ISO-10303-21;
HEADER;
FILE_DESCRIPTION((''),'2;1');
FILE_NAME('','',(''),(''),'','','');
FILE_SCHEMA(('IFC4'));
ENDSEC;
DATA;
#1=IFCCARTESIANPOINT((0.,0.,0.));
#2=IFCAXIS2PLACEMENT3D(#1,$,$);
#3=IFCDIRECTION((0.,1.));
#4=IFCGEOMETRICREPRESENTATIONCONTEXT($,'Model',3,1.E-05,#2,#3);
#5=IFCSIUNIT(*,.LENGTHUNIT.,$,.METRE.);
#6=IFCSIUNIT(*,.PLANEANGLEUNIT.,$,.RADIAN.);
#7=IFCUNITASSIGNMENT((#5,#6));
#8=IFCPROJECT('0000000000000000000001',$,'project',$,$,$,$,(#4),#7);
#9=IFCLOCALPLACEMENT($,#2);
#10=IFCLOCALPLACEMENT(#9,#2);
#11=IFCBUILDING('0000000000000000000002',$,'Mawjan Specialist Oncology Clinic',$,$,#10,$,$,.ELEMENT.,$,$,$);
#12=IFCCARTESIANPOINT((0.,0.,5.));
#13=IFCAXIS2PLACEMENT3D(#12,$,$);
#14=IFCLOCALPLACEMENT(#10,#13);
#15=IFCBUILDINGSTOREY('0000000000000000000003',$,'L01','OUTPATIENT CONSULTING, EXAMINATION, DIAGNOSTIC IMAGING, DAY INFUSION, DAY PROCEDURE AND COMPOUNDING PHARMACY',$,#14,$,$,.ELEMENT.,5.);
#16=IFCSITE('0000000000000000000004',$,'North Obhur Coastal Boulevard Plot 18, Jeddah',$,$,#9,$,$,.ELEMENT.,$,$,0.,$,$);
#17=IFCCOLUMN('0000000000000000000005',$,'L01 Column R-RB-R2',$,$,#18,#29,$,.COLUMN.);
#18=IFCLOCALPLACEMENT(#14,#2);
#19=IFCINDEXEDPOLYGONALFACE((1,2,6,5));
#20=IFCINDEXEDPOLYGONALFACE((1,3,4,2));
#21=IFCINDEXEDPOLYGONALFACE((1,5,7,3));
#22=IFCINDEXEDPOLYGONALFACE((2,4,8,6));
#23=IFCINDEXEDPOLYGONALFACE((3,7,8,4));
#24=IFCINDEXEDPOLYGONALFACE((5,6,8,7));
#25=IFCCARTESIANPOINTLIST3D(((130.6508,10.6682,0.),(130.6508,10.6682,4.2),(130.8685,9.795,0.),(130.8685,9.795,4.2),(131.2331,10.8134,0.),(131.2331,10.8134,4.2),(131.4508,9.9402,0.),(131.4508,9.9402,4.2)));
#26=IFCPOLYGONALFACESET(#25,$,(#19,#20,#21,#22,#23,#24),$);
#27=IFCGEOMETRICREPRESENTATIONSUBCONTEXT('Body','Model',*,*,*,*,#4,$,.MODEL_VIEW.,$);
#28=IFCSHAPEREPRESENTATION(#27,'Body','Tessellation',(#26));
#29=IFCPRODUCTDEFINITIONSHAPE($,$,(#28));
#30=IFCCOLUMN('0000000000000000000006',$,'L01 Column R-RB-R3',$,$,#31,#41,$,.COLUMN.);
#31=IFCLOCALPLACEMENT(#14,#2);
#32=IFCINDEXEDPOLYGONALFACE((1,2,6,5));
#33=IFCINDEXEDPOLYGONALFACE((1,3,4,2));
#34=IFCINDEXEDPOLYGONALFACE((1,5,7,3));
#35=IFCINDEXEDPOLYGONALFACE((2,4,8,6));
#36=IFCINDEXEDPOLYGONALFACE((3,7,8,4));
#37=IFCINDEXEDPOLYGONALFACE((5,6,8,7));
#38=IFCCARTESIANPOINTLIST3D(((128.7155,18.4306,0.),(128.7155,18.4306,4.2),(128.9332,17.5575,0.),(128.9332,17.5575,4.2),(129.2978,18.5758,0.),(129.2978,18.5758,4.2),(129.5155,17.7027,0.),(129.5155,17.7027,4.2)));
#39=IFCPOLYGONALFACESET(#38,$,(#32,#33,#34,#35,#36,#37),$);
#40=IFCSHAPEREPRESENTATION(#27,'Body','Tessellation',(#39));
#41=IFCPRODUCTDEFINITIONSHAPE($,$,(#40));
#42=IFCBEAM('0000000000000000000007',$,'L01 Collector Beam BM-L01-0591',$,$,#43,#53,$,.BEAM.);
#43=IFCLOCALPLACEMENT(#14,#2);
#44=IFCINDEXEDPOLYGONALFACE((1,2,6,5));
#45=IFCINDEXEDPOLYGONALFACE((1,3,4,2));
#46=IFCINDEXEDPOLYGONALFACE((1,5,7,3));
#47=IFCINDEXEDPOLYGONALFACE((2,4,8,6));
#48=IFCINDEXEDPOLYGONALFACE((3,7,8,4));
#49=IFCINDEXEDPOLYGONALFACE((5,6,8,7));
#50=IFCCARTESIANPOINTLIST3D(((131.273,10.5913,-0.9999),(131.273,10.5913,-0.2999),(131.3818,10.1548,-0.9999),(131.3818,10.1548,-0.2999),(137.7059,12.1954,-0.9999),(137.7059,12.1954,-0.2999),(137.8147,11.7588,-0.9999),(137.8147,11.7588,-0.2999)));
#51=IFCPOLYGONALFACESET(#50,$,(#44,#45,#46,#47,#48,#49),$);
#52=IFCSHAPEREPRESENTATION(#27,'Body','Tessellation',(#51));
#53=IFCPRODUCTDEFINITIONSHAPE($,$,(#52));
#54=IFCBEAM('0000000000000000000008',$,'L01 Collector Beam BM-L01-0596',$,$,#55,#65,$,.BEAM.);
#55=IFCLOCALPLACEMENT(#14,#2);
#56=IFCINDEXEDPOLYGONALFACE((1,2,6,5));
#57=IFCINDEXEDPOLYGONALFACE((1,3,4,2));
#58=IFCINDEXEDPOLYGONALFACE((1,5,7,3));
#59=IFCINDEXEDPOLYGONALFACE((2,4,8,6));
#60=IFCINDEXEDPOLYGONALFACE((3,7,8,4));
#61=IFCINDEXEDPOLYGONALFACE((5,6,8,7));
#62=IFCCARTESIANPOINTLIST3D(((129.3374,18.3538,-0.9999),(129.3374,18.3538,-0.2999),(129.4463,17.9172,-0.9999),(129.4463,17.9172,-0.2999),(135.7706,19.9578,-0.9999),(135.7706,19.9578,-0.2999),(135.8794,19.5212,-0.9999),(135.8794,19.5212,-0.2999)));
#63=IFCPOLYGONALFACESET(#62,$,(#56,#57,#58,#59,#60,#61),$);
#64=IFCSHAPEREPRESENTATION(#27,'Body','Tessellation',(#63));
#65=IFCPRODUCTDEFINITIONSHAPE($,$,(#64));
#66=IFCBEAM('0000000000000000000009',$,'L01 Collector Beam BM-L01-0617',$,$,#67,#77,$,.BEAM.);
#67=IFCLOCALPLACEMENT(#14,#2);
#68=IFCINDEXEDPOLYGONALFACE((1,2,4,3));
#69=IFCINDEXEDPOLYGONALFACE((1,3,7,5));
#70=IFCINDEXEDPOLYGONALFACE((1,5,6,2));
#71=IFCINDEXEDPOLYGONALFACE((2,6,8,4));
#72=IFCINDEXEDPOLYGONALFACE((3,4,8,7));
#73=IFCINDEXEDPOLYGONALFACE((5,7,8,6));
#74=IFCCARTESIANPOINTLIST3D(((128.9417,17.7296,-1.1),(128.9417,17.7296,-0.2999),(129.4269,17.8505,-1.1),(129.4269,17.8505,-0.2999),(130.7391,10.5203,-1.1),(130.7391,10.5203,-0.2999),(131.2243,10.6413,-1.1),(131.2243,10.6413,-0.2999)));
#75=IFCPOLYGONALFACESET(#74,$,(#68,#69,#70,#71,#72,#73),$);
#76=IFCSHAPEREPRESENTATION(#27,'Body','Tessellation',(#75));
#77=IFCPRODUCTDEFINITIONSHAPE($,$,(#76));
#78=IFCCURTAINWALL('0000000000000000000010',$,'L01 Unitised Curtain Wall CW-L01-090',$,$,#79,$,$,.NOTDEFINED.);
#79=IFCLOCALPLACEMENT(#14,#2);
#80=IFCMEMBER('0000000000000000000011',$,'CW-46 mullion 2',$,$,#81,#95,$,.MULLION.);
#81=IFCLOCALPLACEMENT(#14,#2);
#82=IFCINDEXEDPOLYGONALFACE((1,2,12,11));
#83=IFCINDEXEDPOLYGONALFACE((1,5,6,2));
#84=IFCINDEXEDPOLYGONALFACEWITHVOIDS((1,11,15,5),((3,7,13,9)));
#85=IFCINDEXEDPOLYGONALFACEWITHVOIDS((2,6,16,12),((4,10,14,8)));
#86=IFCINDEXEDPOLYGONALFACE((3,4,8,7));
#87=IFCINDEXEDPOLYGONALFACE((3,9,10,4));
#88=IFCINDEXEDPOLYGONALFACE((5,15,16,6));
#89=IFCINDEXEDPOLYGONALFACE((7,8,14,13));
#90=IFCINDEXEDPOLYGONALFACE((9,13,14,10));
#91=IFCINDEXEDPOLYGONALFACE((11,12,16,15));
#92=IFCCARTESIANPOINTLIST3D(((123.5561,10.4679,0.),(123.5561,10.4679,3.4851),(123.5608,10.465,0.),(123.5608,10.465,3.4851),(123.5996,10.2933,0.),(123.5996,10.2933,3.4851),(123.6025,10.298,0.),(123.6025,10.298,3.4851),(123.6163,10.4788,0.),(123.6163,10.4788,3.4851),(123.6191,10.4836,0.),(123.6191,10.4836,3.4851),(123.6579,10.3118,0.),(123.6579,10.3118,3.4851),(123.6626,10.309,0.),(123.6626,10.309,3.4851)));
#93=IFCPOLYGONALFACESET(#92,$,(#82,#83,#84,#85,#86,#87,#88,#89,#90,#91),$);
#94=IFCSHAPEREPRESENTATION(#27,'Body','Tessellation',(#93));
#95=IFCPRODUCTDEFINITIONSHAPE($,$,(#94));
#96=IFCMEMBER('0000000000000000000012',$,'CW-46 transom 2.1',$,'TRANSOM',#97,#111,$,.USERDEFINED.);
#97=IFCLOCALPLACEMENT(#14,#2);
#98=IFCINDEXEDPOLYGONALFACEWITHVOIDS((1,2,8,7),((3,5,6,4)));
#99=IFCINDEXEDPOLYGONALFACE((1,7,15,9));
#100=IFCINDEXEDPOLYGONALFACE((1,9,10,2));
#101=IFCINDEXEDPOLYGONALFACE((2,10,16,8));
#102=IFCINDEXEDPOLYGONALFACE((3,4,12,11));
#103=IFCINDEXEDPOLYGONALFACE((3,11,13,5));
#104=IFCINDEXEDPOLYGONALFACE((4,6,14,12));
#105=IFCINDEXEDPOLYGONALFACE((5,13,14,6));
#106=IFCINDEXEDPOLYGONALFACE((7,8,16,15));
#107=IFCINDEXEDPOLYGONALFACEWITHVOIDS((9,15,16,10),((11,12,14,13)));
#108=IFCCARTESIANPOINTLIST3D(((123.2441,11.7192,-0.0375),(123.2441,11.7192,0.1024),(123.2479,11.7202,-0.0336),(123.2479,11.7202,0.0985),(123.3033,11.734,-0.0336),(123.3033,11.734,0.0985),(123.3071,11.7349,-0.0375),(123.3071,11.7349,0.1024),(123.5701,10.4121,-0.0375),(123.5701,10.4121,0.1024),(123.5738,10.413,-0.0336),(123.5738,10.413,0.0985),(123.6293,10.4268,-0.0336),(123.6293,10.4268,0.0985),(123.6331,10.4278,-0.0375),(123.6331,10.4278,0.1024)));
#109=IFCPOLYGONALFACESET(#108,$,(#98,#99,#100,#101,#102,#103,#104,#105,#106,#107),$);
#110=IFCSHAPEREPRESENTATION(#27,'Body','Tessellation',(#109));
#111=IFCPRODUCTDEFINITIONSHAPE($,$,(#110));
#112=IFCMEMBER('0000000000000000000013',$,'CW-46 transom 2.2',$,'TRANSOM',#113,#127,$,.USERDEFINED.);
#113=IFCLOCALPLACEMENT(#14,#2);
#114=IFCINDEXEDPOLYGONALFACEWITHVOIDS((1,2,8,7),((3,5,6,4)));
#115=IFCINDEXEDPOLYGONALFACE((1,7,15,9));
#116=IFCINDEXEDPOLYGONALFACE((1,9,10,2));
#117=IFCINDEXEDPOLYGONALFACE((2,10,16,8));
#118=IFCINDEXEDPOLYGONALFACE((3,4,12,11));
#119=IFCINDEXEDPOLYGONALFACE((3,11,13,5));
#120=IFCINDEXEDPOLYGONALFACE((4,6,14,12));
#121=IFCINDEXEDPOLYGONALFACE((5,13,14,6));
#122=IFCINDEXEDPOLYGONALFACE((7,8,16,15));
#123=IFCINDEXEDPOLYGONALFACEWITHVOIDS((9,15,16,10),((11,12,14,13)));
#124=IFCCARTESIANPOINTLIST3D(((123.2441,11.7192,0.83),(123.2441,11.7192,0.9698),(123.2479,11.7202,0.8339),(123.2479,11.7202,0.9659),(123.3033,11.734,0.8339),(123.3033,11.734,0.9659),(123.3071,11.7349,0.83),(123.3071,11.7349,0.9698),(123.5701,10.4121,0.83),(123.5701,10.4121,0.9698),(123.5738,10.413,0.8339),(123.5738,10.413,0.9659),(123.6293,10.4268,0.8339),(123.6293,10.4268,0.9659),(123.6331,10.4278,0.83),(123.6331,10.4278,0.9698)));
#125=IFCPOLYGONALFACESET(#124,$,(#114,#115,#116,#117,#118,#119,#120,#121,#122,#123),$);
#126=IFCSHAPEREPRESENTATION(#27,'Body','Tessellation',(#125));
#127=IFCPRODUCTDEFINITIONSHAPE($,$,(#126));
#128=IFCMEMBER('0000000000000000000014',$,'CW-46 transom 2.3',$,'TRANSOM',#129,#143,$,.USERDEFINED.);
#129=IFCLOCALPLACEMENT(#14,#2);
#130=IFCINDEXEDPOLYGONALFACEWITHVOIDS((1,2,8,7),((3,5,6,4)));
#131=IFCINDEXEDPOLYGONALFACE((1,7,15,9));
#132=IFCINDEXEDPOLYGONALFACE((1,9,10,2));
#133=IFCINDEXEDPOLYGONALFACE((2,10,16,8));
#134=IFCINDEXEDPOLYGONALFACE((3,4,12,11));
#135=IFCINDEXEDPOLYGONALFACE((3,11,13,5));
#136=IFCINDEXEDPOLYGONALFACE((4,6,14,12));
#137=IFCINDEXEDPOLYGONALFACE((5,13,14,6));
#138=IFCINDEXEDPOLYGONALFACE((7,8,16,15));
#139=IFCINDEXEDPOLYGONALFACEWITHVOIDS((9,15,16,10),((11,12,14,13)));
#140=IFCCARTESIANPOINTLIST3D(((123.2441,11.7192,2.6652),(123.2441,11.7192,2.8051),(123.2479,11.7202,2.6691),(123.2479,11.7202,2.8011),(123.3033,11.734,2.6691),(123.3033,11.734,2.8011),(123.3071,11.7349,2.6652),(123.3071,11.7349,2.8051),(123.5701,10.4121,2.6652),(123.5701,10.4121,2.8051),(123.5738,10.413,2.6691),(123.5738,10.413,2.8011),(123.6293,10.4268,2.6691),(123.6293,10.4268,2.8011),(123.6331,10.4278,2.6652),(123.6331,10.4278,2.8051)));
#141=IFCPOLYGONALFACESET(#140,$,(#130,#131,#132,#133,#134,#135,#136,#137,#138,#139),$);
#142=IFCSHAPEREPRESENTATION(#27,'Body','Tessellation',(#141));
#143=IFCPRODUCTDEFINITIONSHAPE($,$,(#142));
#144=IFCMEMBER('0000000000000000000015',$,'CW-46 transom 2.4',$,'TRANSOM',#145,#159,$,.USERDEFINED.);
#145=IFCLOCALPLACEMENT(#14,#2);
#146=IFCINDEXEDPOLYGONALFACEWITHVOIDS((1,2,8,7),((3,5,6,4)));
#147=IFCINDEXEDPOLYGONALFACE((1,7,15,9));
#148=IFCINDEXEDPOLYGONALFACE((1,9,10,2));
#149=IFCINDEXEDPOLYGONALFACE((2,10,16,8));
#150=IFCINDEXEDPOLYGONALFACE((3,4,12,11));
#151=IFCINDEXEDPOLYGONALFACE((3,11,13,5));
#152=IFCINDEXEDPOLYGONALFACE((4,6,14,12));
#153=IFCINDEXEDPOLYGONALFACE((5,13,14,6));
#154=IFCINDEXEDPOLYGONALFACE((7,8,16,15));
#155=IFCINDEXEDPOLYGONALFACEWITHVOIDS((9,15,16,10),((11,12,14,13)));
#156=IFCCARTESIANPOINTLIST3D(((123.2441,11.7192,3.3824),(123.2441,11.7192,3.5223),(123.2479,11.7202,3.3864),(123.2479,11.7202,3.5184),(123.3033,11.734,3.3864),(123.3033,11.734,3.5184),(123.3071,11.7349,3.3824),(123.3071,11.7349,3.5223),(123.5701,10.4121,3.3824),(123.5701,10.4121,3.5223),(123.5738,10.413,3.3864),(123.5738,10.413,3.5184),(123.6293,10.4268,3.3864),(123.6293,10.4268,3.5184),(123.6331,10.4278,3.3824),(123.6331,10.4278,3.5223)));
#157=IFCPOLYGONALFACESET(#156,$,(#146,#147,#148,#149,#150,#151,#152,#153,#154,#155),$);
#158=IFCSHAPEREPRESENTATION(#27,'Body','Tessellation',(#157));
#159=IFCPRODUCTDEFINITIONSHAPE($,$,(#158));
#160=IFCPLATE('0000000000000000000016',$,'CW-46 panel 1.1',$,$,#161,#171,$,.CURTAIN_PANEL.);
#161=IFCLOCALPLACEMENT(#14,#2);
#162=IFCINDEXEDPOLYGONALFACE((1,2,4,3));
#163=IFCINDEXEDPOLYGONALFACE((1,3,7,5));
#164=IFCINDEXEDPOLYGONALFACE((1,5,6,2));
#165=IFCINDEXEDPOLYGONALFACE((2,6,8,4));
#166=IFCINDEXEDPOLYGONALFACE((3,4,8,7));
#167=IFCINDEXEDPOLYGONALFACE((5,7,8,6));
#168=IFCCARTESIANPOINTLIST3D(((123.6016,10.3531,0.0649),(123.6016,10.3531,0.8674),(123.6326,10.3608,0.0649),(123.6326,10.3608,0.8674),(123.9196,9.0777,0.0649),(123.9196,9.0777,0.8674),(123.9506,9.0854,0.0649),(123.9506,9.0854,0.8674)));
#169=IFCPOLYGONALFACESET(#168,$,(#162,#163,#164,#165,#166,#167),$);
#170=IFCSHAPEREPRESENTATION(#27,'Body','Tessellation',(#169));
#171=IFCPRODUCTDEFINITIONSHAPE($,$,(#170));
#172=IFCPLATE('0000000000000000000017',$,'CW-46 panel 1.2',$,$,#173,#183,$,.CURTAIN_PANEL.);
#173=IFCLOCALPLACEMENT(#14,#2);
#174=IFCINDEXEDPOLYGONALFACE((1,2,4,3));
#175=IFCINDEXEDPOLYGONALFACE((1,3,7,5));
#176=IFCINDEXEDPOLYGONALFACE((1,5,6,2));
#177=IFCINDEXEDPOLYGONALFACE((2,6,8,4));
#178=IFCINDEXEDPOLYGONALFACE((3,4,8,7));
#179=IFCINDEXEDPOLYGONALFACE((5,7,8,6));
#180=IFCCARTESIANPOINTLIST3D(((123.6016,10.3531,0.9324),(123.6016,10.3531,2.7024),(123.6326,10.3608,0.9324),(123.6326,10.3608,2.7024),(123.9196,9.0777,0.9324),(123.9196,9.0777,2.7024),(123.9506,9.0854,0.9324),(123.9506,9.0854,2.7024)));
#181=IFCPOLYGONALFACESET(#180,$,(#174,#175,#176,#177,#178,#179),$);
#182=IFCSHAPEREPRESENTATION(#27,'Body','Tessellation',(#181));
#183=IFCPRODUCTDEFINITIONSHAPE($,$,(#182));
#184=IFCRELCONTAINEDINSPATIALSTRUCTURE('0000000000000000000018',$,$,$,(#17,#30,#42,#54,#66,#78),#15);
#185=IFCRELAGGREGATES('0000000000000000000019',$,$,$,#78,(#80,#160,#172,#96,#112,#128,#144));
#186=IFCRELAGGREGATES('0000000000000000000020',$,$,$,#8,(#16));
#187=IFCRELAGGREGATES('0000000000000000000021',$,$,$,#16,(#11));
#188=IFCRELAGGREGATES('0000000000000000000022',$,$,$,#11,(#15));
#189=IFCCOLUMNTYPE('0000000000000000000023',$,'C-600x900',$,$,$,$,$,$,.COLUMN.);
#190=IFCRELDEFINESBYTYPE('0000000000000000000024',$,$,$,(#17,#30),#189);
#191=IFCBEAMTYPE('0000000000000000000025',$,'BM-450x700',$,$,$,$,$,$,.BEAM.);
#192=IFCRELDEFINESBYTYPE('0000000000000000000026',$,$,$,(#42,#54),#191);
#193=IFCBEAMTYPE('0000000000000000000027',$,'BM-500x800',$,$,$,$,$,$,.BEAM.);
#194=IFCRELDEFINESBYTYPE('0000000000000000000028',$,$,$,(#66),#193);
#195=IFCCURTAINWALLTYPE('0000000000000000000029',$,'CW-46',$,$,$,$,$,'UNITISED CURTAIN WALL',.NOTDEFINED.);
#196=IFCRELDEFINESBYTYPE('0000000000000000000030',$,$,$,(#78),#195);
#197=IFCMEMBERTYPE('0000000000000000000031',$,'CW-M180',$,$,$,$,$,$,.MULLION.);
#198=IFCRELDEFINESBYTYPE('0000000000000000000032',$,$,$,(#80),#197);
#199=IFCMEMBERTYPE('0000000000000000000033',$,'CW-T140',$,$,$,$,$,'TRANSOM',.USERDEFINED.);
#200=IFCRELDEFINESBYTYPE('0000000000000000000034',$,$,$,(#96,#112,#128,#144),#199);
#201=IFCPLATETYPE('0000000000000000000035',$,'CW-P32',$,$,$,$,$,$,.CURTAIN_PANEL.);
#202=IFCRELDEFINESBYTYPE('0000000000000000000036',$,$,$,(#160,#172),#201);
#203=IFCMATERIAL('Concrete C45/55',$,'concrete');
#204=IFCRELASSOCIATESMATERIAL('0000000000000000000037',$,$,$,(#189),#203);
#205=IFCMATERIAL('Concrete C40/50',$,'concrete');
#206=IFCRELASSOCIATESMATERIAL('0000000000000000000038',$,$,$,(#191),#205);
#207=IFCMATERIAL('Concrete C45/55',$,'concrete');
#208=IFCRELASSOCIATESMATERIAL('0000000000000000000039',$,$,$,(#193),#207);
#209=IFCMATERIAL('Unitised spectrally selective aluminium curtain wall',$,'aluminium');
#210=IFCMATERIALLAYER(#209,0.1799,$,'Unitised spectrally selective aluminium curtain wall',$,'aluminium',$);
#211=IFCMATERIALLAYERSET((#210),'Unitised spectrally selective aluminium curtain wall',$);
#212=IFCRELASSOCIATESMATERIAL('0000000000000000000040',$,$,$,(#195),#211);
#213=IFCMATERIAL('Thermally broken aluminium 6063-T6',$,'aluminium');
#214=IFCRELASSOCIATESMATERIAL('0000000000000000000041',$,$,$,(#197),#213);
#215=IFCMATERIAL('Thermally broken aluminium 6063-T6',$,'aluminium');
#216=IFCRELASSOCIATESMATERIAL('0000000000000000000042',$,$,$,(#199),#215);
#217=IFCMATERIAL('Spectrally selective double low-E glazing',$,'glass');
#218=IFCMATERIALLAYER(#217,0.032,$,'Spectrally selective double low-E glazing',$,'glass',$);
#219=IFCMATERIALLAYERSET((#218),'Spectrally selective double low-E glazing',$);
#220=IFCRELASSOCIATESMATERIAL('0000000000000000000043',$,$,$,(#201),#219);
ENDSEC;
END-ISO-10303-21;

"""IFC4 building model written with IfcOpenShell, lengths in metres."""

from ifc_helpers import new_model, si_unit, direction, frame, origin, origin_2d, place, context, subcontext, project, spatial, rectangle, hollow_rectangle, extrude, material, layer, layer_set, material_profile, profile_set, type_object, element, aggregate, save


model = new_model("IFC4")

# Units and contexts
model_context = context("Model", 3, precision=1e-05, world=origin(), true_north=direction((0.0, 1.0)))
body_context = subcontext(model_context, "Body", "Model", "MODEL_VIEW")
ifc_project = project(units=[si_unit("LENGTHUNIT", "METRE"), si_unit("PLANEANGLEUNIT", "RADIAN")], contexts=[model_context])

# Site, building, storey
site_placement = place(None, origin())
site = spatial("IfcSite", under=ifc_project, at=site_placement, Name="North Obhur Coastal Boulevard Plot 18, Jeddah", CompositionType="ELEMENT", RefElevation=0.0)
building_placement = place(site_placement, origin())
building = spatial("IfcBuilding", under=site, at=building_placement, Name="Mawjan Specialist Oncology Clinic", CompositionType="ELEMENT")
storey_placement = place(building_placement, frame((0.0, 0.0, 5.0)))
storey = spatial("IfcBuildingStorey", under=building, at=storey_placement, Name="L01", Description="OUTPATIENT CONSULTING, EXAMINATION, DIAGNOSTIC IMAGING, DAY INFUSION, DAY PROCEDURE AND COMPOUNDING PHARMACY", CompositionType="ELEMENT", Elevation=5.0)

# Columns
ifc_material_1 = material(Name="Concrete C45/55", Category="concrete")
ifc_material_profile_1 = material_profile(ifc_material_1, rectangle(XDim=0.6001, YDim=0.8999, at=origin_2d()), Name="RC COL 600x900", Category="concrete")
ifc_profile_set_1 = profile_set([ifc_material_profile_1], Name="Concrete C45/55")
column_type = type_object("IfcColumnType", Name="C-600x900", PredefinedType="COLUMN", material=ifc_profile_set_1)
for number, where, z_axis, x_axis, name in (
    (1, (131.0508, 10.3042, 0.0), (0.0, 0.0, 1.0), (0.970296, 0.241922, 0.0), "L01 Column R-RB-R2"),
    (2, (129.1155, 18.0667, 0.0), (0.0, 0.0, 1.0), (0.970296, 0.241922, 0.0), "L01 Column R-RB-R3"),
):
    element("IfcColumn", number, at=place(storey_placement, frame(where, z_axis=z_axis, x_axis=x_axis)), inside=storey, type_object=column_type, Name=name, PredefinedType="COLUMN", context=body_context, shape_type="SweptSolid", body=[
        extrude(rectangle(XDim=0.6001, YDim=0.8999, at=origin_2d()), origin(), (0.0, 0.0, 1.0), 4.2),
    ])

# Beams
ifc_material_2 = material(Name="Concrete C40/50", Category="concrete")
ifc_material_profile_2 = material_profile(ifc_material_2, rectangle(XDim=0.45, YDim=0.7, at=origin_2d()), Name="RC BM 450x700", Category="concrete")
ifc_profile_set_2 = profile_set([ifc_material_profile_2], Name="Concrete C40/50")
beam_type_1 = type_object("IfcBeamType", Name="BM-450x700", PredefinedType="BEAM", material=ifc_profile_set_2)
beam_1_placement = place(storey_placement, frame((131.3274, 10.373, -0.6499), z_axis=(0.970292, 0.241938, 0.0), x_axis=(-0.241938, 0.970292, 0.0)))
element("IfcBeam", 3, at=beam_1_placement, inside=storey, type_object=beam_type_1, Name="L01 Collector Beam BM-L01-0591", PredefinedType="BEAM", context=body_context, shape_type="SweptSolid", body=[
    extrude(rectangle(XDim=0.45, YDim=0.7, at=origin_2d()), origin(), (0.0, 0.0, 1.0), 6.6299),
])
beam_2_placement = place(storey_placement, frame((129.3918, 18.1355, -0.6499), z_axis=(0.970294, 0.241929, 0.0), x_axis=(-0.241929, 0.970294, 0.0)))
element("IfcBeam", 4, at=beam_2_placement, inside=storey, type_object=beam_type_1, Name="L01 Collector Beam BM-L01-0596", PredefinedType="BEAM", context=body_context, shape_type="SweptSolid", body=[
    extrude(rectangle(XDim=0.45, YDim=0.7, at=origin_2d()), origin(), (0.0, 0.0, 1.0), 6.6301),
])
ifc_material_3 = material(Name="Concrete C45/55", Category="concrete")
ifc_material_profile_3 = material_profile(ifc_material_3, rectangle(XDim=0.5, YDim=0.8, at=origin_2d()), Name="RC BM 500x800", Category="concrete")
ifc_profile_set_3 = profile_set([ifc_material_profile_3], Name="Concrete C45/55")
beam_type_2 = type_object("IfcBeamType", Name="BM-500x800", PredefinedType="BEAM", material=ifc_profile_set_3)
beam_3_placement = place(storey_placement, frame((130.9817, 10.5808, -0.7), z_axis=(-0.241909, 0.970299, 0.0), x_axis=(-0.970299, -0.241909, 0.0)))
element("IfcBeam", 5, at=beam_3_placement, inside=storey, type_object=beam_type_2, Name="L01 Collector Beam BM-L01-0617", PredefinedType="BEAM", context=body_context, shape_type="SweptSolid", body=[
    extrude(rectangle(XDim=0.5, YDim=0.8, at=origin_2d()), origin(), (0.0, 0.0, 1.0), 7.4299),
])

# Curtain wall, members, plates
ifc_material_4 = material(Name="Unitised spectrally selective aluminium curtain wall", Category="aluminium")
ifc_layer_1 = layer(ifc_material_4, 0.1799, Name="Unitised spectrally selective aluminium curtain wall", Category="aluminium")
ifc_layer_set_1 = layer_set([ifc_layer_1], Name="Unitised spectrally selective aluminium curtain wall")
curtain_wall_type = type_object("IfcCurtainWallType", Name="CW-46", ElementType="UNITISED CURTAIN WALL", PredefinedType="NOTDEFINED", material=ifc_layer_set_1)
curtain_wall_placement = place(storey_placement, origin())
curtain_wall = element("IfcCurtainWall", 6, at=curtain_wall_placement, inside=storey, type_object=curtain_wall_type, Name="L01 Unitised Curtain Wall CW-L01-090", PredefinedType="NOTDEFINED")
ifc_material_5 = material(Name="Thermally broken aluminium 6063-T6", Category="aluminium")
ifc_material_profile_4 = material_profile(ifc_material_5, hollow_rectangle(XDim=0.0649, YDim=0.1799, WallThickness=0.0039, at=origin_2d()), Name="ALU MULLION 180x65x4", Category="aluminium")
ifc_profile_set_4 = profile_set([ifc_material_profile_4], Name="Thermally broken aluminium 6063-T6")
member_type_1 = type_object("IfcMemberType", Name="CW-M180", PredefinedType="MULLION", material=ifc_profile_set_4)
member_1_placement = place(storey_placement, frame((123.6094, 10.3884, 0.0), z_axis=(0.0, 0.0, 1.0), x_axis=(-0.970296, -0.241922, 0.0)))
member_1 = element("IfcMember", 7, at=member_1_placement, type_object=member_type_1, Name="CW-46 mullion 2", PredefinedType="MULLION", context=body_context, shape_type="SweptSolid", body=[
    extrude(hollow_rectangle(XDim=0.0649, YDim=0.1799, WallThickness=0.0039, at=origin_2d()), origin(), (0.0, 0.0, 1.0), 3.4851),
])
ifc_material_6 = material(Name="Thermally broken aluminium 6063-T6", Category="aluminium")
ifc_material_profile_5 = material_profile(ifc_material_6, hollow_rectangle(XDim=0.0649, YDim=0.1399, WallThickness=0.0039, at=origin_2d()), Name="ALU TRANSOM 140x65x4", Category="aluminium")
ifc_profile_set_5 = profile_set([ifc_material_profile_5], Name="Thermally broken aluminium 6063-T6")
member_type_2 = type_object("IfcMemberType", Name="CW-T140", ElementType="TRANSOM", PredefinedType="USERDEFINED", material=ifc_profile_set_5)
member_2_placement = place(storey_placement, frame((123.6016, 10.4199, 0.0325), z_axis=(-0.241939, 0.970292, 0.0), x_axis=(-0.970292, -0.241939, 0.0)))
member_2 = element("IfcMember", 8, at=member_2_placement, type_object=member_type_2, Name="CW-46 transom 2.1", ObjectType="TRANSOM", PredefinedType="USERDEFINED", context=body_context, shape_type="SweptSolid", body=[
    extrude(hollow_rectangle(XDim=0.0649, YDim=0.1399, WallThickness=0.0039, at=origin_2d()), origin(), (0.0, 0.0, 1.0), 1.3472),
])
member_3_placement = place(storey_placement, frame((123.6016, 10.4199, 0.8999), z_axis=(-0.241939, 0.970292, 0.0), x_axis=(-0.970292, -0.241939, 0.0)))
member_3 = element("IfcMember", 9, at=member_3_placement, type_object=member_type_2, Name="CW-46 transom 2.2", ObjectType="TRANSOM", PredefinedType="USERDEFINED", context=body_context, shape_type="SweptSolid", body=[
    extrude(hollow_rectangle(XDim=0.0649, YDim=0.1399, WallThickness=0.0039, at=origin_2d()), origin(), (0.0, 0.0, 1.0), 1.3472),
])
member_4_placement = place(storey_placement, frame((123.6016, 10.4199, 2.7351), z_axis=(-0.241939, 0.970292, 0.0), x_axis=(-0.970292, -0.241939, 0.0)))
member_4 = element("IfcMember", 10, at=member_4_placement, type_object=member_type_2, Name="CW-46 transom 2.3", ObjectType="TRANSOM", PredefinedType="USERDEFINED", context=body_context, shape_type="SweptSolid", body=[
    extrude(hollow_rectangle(XDim=0.0649, YDim=0.1399, WallThickness=0.0039, at=origin_2d()), origin(), (0.0, 0.0, 1.0), 1.3472),
])
member_5_placement = place(storey_placement, frame((123.6016, 10.4199, 3.4524), z_axis=(-0.241939, 0.970292, 0.0), x_axis=(-0.970292, -0.241939, 0.0)))
member_5 = element("IfcMember", 11, at=member_5_placement, type_object=member_type_2, Name="CW-46 transom 2.4", ObjectType="TRANSOM", PredefinedType="USERDEFINED", context=body_context, shape_type="SweptSolid", body=[
    extrude(hollow_rectangle(XDim=0.0649, YDim=0.1399, WallThickness=0.0039, at=origin_2d()), origin(), (0.0, 0.0, 1.0), 1.3472),
])
ifc_material_7 = material(Name="Spectrally selective double low-E glazing", Category="glass")
ifc_layer_2 = layer(ifc_material_7, 0.032, Name="Spectrally selective double low-E glazing", Category="glass")
ifc_layer_set_2 = layer_set([ifc_layer_2], Name="Spectrally selective double low-E glazing")
plate_type = type_object("IfcPlateType", Name="CW-P32", PredefinedType="CURTAIN_PANEL", material=ifc_layer_set_2)
plate_1_placement = place(storey_placement, frame((123.7761, 9.7192, 0.0649), z_axis=(0.0, 0.0, 1.0), x_axis=(-0.241922, 0.970296, 0.0)))
plate_1 = element("IfcPlate", 12, at=plate_1_placement, type_object=plate_type, Name="CW-46 panel 1.1", PredefinedType="CURTAIN_PANEL", context=body_context, shape_type="SweptSolid", body=[
    extrude(rectangle(XDim=1.3145, YDim=0.032, at=origin_2d()), origin(), (0.0, 0.0, 1.0), 0.8025),
])
plate_2_placement = place(storey_placement, frame((123.7761, 9.7192, 0.9324), z_axis=(0.0, 0.0, 1.0), x_axis=(-0.241922, 0.970296, 0.0)))
plate_2 = element("IfcPlate", 13, at=plate_2_placement, type_object=plate_type, Name="CW-46 panel 1.2", PredefinedType="CURTAIN_PANEL", context=body_context, shape_type="SweptSolid", body=[
    extrude(rectangle(XDim=1.3145, YDim=0.032, at=origin_2d()), origin(), (0.0, 0.0, 1.0), 1.77),
])
aggregate(curtain_wall, [member_1, plate_1, plate_2, member_2, member_3, member_4, member_5])

save(model, "model.ifc")
